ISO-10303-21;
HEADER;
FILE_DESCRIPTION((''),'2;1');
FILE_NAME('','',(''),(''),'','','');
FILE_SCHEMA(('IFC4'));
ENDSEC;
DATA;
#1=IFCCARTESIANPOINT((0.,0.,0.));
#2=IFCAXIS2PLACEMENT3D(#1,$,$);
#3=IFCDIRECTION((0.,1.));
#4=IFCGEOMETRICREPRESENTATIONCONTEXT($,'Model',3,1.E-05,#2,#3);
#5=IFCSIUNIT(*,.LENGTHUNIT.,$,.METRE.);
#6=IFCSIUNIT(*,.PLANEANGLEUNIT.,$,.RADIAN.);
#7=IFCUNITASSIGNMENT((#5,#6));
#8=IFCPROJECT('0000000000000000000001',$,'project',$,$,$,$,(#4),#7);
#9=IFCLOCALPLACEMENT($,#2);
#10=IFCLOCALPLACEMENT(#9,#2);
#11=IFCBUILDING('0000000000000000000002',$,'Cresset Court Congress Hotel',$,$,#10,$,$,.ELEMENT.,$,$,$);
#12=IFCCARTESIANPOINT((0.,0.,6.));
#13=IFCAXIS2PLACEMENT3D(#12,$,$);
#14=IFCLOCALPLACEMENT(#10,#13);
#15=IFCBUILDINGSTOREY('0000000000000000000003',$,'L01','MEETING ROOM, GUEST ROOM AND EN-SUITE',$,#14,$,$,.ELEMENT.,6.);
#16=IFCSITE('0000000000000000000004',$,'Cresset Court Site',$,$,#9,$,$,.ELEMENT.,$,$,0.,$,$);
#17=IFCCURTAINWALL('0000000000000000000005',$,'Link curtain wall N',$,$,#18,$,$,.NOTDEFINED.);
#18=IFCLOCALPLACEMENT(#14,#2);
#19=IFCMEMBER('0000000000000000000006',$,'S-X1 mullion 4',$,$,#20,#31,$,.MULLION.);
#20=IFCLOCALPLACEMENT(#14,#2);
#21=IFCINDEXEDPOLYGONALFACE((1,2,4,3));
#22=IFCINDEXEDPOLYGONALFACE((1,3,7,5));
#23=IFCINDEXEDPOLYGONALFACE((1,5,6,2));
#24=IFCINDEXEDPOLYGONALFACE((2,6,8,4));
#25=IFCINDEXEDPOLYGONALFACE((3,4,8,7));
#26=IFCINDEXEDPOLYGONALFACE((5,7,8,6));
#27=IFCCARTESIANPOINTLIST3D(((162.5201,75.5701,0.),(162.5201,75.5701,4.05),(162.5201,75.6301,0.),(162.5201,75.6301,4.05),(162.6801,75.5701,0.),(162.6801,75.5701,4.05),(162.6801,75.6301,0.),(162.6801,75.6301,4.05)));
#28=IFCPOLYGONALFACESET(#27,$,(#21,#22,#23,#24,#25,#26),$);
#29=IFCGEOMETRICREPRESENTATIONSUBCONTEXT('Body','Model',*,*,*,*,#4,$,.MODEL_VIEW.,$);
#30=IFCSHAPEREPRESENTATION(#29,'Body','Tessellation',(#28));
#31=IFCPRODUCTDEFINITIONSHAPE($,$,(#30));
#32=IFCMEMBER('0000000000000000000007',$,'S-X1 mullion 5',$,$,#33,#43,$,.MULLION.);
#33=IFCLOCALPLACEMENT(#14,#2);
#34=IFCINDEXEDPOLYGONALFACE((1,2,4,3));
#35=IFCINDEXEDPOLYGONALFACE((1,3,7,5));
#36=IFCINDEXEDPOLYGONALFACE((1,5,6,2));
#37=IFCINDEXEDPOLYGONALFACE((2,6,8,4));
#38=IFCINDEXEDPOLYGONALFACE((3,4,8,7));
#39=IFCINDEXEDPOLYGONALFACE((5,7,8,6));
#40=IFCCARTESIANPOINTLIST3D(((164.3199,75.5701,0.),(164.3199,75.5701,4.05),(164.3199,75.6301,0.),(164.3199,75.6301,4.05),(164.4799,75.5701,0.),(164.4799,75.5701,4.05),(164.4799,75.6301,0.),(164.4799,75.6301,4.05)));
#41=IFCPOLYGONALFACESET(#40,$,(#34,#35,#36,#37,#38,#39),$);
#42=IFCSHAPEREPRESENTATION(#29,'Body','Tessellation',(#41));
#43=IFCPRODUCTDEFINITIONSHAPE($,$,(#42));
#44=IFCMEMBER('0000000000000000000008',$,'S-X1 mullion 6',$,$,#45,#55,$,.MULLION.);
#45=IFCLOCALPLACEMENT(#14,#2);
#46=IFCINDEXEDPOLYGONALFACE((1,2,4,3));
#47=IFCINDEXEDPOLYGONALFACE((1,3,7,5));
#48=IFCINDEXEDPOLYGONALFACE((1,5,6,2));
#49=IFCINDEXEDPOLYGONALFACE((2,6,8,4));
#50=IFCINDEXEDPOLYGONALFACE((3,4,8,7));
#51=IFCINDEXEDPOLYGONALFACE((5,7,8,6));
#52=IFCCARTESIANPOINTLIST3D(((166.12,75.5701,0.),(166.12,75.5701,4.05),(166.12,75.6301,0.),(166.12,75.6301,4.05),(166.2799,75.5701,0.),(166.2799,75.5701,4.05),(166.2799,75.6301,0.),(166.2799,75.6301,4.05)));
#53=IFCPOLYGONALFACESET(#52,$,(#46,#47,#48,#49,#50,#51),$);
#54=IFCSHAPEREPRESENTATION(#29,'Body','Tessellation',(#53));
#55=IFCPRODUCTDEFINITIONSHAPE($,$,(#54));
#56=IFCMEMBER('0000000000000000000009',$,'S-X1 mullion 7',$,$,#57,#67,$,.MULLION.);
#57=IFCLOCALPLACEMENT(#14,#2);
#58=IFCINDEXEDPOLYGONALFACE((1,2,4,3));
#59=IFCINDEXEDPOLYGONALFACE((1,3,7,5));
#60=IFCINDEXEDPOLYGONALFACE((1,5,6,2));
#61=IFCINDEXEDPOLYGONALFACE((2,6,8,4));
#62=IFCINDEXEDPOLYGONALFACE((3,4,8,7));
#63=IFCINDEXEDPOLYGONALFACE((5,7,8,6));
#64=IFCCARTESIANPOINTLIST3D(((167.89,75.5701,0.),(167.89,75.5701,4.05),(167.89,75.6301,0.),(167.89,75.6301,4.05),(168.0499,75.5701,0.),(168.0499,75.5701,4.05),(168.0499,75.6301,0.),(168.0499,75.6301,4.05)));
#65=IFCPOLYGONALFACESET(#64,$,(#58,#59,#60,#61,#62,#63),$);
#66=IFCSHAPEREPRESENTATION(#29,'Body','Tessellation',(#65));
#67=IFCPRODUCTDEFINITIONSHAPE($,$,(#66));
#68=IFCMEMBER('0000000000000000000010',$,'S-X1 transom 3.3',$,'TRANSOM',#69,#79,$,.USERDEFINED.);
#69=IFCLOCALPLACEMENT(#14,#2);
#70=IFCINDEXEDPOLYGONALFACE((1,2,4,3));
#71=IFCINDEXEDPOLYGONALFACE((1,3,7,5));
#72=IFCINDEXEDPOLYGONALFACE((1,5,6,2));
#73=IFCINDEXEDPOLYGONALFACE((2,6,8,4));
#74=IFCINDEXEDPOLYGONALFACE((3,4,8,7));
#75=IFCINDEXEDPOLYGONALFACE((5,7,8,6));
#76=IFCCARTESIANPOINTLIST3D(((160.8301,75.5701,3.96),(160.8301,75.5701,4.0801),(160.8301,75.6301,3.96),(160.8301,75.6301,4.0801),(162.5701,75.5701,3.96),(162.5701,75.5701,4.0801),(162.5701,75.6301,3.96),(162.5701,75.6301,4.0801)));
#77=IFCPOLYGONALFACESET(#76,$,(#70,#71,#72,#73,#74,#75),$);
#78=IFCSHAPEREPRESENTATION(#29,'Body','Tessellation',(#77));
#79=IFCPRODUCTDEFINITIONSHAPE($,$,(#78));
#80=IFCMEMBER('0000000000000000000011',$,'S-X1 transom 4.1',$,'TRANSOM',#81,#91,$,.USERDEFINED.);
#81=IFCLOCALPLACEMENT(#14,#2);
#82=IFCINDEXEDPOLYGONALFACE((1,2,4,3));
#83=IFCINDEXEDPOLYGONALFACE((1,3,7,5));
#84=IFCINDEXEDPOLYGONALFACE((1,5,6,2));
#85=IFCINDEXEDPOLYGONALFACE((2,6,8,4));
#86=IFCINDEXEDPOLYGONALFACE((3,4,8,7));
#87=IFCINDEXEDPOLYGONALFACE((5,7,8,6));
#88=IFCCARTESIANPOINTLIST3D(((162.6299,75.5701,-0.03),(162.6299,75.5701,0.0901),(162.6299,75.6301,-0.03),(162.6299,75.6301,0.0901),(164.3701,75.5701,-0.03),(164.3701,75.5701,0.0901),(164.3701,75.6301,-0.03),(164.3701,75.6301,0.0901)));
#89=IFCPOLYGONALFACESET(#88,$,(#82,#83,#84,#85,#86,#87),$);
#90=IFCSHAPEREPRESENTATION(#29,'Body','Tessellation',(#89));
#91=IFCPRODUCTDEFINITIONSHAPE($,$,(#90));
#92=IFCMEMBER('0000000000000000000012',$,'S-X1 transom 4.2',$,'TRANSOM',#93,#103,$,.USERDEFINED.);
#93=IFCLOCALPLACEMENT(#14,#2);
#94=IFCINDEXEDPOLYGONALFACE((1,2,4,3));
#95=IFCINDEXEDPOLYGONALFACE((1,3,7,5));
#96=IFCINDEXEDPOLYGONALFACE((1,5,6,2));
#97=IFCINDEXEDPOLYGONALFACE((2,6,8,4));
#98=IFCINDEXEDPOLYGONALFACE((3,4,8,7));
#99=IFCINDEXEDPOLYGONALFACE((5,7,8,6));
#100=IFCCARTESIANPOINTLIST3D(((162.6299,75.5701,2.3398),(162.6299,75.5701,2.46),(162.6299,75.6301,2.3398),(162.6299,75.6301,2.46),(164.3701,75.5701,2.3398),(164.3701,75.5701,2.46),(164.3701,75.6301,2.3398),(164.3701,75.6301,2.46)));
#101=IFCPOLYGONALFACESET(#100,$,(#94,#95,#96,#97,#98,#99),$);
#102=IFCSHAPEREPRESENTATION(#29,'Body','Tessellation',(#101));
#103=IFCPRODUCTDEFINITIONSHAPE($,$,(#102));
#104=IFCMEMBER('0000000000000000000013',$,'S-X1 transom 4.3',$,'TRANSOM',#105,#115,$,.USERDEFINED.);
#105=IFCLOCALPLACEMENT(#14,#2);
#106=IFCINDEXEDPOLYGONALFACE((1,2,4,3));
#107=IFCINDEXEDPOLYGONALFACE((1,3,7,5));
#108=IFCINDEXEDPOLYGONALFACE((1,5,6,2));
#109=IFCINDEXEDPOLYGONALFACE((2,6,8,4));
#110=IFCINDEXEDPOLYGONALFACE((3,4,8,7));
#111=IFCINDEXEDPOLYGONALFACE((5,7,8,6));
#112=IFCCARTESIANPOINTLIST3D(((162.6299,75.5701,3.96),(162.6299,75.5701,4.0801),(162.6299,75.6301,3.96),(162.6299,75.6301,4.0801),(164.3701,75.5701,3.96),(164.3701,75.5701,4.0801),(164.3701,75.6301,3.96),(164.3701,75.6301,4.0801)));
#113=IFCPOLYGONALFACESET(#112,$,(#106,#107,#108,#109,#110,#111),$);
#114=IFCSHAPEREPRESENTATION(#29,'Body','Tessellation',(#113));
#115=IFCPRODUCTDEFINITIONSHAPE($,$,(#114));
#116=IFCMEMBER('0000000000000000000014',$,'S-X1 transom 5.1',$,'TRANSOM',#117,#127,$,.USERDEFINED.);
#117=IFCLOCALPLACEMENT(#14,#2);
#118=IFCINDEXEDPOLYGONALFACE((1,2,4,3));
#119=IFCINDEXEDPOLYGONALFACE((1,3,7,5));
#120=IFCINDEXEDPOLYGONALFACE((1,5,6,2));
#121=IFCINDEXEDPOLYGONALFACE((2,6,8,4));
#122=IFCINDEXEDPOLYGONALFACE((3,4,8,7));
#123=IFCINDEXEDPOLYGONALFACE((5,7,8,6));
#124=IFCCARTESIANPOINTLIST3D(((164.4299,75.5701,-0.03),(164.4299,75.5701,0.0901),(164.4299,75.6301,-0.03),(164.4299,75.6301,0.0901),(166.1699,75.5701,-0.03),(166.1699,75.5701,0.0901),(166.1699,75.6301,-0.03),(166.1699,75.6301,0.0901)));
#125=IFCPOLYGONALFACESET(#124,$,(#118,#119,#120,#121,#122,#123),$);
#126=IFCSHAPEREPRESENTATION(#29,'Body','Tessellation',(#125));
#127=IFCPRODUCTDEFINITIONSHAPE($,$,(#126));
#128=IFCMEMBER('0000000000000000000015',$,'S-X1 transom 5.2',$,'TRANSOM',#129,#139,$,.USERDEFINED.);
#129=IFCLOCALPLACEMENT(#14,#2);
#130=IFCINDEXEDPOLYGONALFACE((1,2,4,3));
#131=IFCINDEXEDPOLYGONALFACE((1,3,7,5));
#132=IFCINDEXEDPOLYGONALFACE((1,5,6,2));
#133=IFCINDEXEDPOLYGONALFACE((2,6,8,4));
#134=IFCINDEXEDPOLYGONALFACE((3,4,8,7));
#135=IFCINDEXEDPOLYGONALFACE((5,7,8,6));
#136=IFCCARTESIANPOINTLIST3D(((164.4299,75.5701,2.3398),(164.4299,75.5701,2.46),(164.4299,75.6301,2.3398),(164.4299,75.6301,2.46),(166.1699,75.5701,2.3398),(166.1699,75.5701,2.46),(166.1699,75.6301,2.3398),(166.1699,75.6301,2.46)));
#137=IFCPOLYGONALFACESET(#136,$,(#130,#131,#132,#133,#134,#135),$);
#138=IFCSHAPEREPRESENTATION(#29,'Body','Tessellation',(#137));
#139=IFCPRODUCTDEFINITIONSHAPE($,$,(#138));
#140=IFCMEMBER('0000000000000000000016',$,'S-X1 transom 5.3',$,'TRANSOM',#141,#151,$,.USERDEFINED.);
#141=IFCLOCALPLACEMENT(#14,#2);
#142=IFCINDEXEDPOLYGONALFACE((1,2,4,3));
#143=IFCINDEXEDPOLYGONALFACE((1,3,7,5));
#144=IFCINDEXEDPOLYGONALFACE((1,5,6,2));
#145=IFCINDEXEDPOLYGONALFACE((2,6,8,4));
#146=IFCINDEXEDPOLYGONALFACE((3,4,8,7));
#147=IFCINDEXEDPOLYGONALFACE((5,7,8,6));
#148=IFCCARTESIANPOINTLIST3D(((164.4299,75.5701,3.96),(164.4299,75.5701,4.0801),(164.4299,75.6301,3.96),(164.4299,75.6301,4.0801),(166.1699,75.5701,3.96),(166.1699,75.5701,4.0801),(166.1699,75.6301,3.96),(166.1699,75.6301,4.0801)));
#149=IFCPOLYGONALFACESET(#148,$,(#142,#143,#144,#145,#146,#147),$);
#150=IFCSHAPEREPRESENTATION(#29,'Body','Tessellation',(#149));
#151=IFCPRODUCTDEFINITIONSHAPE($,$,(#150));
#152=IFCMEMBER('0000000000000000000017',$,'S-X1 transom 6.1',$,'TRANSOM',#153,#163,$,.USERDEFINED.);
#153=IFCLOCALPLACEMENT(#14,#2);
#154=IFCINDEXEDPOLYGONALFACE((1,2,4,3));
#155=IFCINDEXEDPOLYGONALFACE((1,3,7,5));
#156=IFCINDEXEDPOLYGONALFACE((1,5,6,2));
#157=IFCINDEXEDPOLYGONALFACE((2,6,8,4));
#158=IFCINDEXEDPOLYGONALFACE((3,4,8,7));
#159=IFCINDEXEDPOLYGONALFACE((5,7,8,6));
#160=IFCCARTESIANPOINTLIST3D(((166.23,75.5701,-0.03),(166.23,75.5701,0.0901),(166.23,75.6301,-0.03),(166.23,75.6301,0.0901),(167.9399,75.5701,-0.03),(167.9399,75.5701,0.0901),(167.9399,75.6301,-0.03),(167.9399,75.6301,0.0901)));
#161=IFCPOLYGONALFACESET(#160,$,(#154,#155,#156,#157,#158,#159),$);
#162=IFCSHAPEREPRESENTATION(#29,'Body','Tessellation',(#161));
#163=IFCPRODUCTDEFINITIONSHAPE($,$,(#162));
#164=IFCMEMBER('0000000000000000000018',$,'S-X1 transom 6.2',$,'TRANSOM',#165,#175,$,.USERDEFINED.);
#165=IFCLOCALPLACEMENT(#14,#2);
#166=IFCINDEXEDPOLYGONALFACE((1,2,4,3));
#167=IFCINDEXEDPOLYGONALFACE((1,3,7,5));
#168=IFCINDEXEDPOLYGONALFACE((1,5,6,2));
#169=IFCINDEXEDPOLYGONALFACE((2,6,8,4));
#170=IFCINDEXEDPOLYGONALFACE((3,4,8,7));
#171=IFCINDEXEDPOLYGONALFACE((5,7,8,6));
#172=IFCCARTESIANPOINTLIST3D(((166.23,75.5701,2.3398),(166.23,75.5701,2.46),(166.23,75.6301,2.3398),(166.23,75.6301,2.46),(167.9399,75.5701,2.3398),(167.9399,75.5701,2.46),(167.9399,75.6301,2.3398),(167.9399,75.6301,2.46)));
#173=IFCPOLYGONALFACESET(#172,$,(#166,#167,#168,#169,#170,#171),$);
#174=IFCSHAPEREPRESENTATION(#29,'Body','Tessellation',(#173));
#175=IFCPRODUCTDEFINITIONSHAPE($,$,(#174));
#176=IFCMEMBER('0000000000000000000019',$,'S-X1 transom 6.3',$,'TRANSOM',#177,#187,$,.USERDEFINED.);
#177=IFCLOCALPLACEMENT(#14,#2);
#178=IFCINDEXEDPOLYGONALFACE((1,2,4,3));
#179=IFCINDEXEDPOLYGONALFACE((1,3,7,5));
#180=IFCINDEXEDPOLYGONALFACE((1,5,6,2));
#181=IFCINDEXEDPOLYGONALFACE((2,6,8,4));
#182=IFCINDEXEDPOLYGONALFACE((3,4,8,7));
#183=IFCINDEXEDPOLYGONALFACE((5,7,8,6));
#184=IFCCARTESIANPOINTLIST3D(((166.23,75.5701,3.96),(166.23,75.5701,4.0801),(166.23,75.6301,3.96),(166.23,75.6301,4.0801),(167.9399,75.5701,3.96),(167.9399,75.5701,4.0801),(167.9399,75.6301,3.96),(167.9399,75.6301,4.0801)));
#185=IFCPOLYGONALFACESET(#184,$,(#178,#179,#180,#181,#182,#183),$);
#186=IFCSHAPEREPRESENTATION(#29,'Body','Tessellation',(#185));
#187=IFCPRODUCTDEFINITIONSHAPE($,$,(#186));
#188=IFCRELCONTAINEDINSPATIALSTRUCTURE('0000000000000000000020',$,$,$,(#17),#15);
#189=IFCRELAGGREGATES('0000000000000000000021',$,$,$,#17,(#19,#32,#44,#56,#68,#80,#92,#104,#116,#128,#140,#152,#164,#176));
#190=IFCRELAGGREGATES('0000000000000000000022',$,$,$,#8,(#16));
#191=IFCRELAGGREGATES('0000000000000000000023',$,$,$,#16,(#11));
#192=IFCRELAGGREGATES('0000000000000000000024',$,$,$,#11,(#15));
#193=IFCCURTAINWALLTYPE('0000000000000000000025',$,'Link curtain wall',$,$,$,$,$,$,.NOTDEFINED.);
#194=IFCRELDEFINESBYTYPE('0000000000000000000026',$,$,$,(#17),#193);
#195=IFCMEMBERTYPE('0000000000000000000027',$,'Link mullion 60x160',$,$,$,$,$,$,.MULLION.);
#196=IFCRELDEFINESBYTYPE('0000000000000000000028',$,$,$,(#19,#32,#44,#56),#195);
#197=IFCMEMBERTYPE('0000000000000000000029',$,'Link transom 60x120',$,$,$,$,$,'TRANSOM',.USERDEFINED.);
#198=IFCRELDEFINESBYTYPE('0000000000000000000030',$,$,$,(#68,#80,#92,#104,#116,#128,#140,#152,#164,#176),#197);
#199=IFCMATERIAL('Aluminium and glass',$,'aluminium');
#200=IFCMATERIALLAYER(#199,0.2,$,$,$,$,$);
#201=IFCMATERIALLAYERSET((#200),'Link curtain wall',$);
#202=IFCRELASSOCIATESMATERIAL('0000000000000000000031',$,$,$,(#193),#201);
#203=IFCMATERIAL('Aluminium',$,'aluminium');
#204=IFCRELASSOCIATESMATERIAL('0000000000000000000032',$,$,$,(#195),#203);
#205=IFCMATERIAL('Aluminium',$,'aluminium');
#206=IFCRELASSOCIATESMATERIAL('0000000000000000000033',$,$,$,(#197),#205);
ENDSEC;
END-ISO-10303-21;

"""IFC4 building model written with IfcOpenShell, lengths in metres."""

from ifc_helpers import new_model, si_unit, direction, frame, origin, origin_2d, place, context, subcontext, project, spatial, rectangle, extrude, material, layer, layer_set, material_profile, profile_set, type_object, element, aggregate, save


model = new_model("IFC4")

# Units and contexts
model_context = context("Model", 3, precision=1e-05, world=origin(), true_north=direction((0.0, 1.0)))
body_context = subcontext(model_context, "Body", "Model", "MODEL_VIEW")
ifc_project = project(units=[si_unit("LENGTHUNIT", "METRE"), si_unit("PLANEANGLEUNIT", "RADIAN")], contexts=[model_context])

# Site, building, storey
site_placement = place(None, origin())
site = spatial("IfcSite", under=ifc_project, at=site_placement, Name="Cresset Court Site", CompositionType="ELEMENT", RefElevation=0.0)
building_placement = place(site_placement, origin())
building = spatial("IfcBuilding", under=site, at=building_placement, Name="Cresset Court Congress Hotel", CompositionType="ELEMENT")
storey_placement = place(building_placement, frame((0.0, 0.0, 6.0)))
storey = spatial("IfcBuildingStorey", under=building, at=storey_placement, Name="L01", Description="MEETING ROOM, GUEST ROOM AND EN-SUITE", CompositionType="ELEMENT", Elevation=6.0)

# Curtain wall, members
ifc_material_1 = material(Name="Aluminium and glass", Category="aluminium")
ifc_layer_1 = layer(ifc_material_1, 0.2)
ifc_layer_set_1 = layer_set([ifc_layer_1], Name="Link curtain wall")
curtain_wall_type = type_object("IfcCurtainWallType", Name="Link curtain wall", PredefinedType="NOTDEFINED", material=ifc_layer_set_1)
curtain_wall_placement = place(storey_placement, origin())
curtain_wall = element("IfcCurtainWall", 1, at=curtain_wall_placement, inside=storey, type_object=curtain_wall_type, Name="Link curtain wall N", PredefinedType="NOTDEFINED")
ifc_material_2 = material(Name="Aluminium", Category="aluminium")
ifc_material_profile_1 = material_profile(ifc_material_2, rectangle(XDim=0.0601, YDim=0.1599, at=origin_2d()), Name="Mullion 60x160")
ifc_profile_set_1 = profile_set([ifc_material_profile_1], Name="Aluminium")
member_type_1 = type_object("IfcMemberType", Name="Link mullion 60x160", PredefinedType="MULLION", material=ifc_profile_set_1)
member_1_placement = place(storey_placement, frame((162.6001, 75.6001, 0.0), z_axis=(0.0, 0.0, 1.0), x_axis=(0.0, 1.0, 0.0)))
member_1 = element("IfcMember", 2, at=member_1_placement, type_object=member_type_1, Name="S-X1 mullion 4", PredefinedType="MULLION", context=body_context, shape_type="SweptSolid", body=[
    extrude(rectangle(XDim=0.0601, YDim=0.1599, at=origin_2d()), origin(), (0.0, 0.0, 1.0), 4.05),
])
member_2_placement = place(storey_placement, frame((164.3999, 75.6001, 0.0), z_axis=(0.0, 0.0, 1.0), x_axis=(0.0, 1.0, 0.0)))
member_2 = element("IfcMember", 3, at=member_2_placement, type_object=member_type_1, Name="S-X1 mullion 5", PredefinedType="MULLION", context=body_context, shape_type="SweptSolid", body=[
    extrude(rectangle(XDim=0.0601, YDim=0.1599, at=origin_2d()), origin(), (0.0, 0.0, 1.0), 4.05),
])
member_3_placement = place(storey_placement, frame((166.2, 75.6001, 0.0), z_axis=(0.0, 0.0, 1.0), x_axis=(0.0, 1.0, 0.0)))
member_3 = element("IfcMember", 4, at=member_3_placement, type_object=member_type_1, Name="S-X1 mullion 6", PredefinedType="MULLION", context=body_context, shape_type="SweptSolid", body=[
    extrude(rectangle(XDim=0.0601, YDim=0.1599, at=origin_2d()), origin(), (0.0, 0.0, 1.0), 4.05),
])
member_4_placement = place(storey_placement, frame((167.97, 75.6001, 0.0), z_axis=(0.0, 0.0, 1.0), x_axis=(0.0, 1.0, 0.0)))
member_4 = element("IfcMember", 5, at=member_4_placement, type_object=member_type_1, Name="S-X1 mullion 7", PredefinedType="MULLION", context=body_context, shape_type="SweptSolid", body=[
    extrude(rectangle(XDim=0.0601, YDim=0.1599, at=origin_2d()), origin(), (0.0, 0.0, 1.0), 4.05),
])
ifc_material_3 = material(Name="Aluminium", Category="aluminium")
ifc_material_profile_2 = material_profile(ifc_material_3, rectangle(XDim=0.0601, YDim=0.1201, at=origin_2d()), Name="Transom 60x120")
ifc_profile_set_2 = profile_set([ifc_material_profile_2], Name="Aluminium")
member_type_2 = type_object("IfcMemberType", Name="Link transom 60x120", ElementType="TRANSOM", PredefinedType="USERDEFINED", material=ifc_profile_set_2)
member_5_placement = place(storey_placement, frame((160.8301, 75.6001, 4.02), z_axis=(1.0, 0.0, 0.0), x_axis=(0.0, 1.0, 0.0)))
member_5 = element("IfcMember", 6, at=member_5_placement, type_object=member_type_2, Name="S-X1 transom 3.3", ObjectType="TRANSOM", PredefinedType="USERDEFINED", context=body_context, shape_type="SweptSolid", body=[
    extrude(rectangle(XDim=0.0601, YDim=0.1201, at=origin_2d()), origin(), (0.0, 0.0, 1.0), 1.74),
])
member_6_placement = place(storey_placement, frame((162.6299, 75.6001, 0.03), z_axis=(1.0, 0.0, 0.0), x_axis=(0.0, 1.0, 0.0)))
member_6 = element("IfcMember", 7, at=member_6_placement, type_object=member_type_2, Name="S-X1 transom 4.1", ObjectType="TRANSOM", PredefinedType="USERDEFINED", context=body_context, shape_type="SweptSolid", body=[
    extrude(rectangle(XDim=0.0601, YDim=0.1201, at=origin_2d()), origin(), (0.0, 0.0, 1.0), 1.7402),
])
member_7_placement = place(storey_placement, frame((162.6299, 75.6001, 2.3999), z_axis=(1.0, 0.0, 0.0), x_axis=(0.0, 1.0, 0.0)))
member_7 = element("IfcMember", 8, at=member_7_placement, type_object=member_type_2, Name="S-X1 transom 4.2", ObjectType="TRANSOM", PredefinedType="USERDEFINED", context=body_context, shape_type="SweptSolid", body=[
    extrude(rectangle(XDim=0.0601, YDim=0.1201, at=origin_2d()), origin(), (0.0, 0.0, 1.0), 1.7402),
])
member_8_placement = place(storey_placement, frame((162.6299, 75.6001, 4.02), z_axis=(1.0, 0.0, 0.0), x_axis=(0.0, 1.0, 0.0)))
member_8 = element("IfcMember", 9, at=member_8_placement, type_object=member_type_2, Name="S-X1 transom 4.3", ObjectType="TRANSOM", PredefinedType="USERDEFINED", context=body_context, shape_type="SweptSolid", body=[
    extrude(rectangle(XDim=0.0601, YDim=0.1201, at=origin_2d()), origin(), (0.0, 0.0, 1.0), 1.7402),
])
member_9_placement = place(storey_placement, frame((164.4299, 75.6001, 0.03), z_axis=(1.0, 0.0, 0.0), x_axis=(0.0, 1.0, 0.0)))
member_9 = element("IfcMember", 10, at=member_9_placement, type_object=member_type_2, Name="S-X1 transom 5.1", ObjectType="TRANSOM", PredefinedType="USERDEFINED", context=body_context, shape_type="SweptSolid", body=[
    extrude(rectangle(XDim=0.0601, YDim=0.1201, at=origin_2d()), origin(), (0.0, 0.0, 1.0), 1.74),
])
member_10_placement = place(storey_placement, frame((164.4299, 75.6001, 2.3999), z_axis=(1.0, 0.0, 0.0), x_axis=(0.0, 1.0, 0.0)))
member_10 = element("IfcMember", 11, at=member_10_placement, type_object=member_type_2, Name="S-X1 transom 5.2", ObjectType="TRANSOM", PredefinedType="USERDEFINED", context=body_context, shape_type="SweptSolid", body=[
    extrude(rectangle(XDim=0.0601, YDim=0.1201, at=origin_2d()), origin(), (0.0, 0.0, 1.0), 1.74),
])
member_11_placement = place(storey_placement, frame((164.4299, 75.6001, 4.02), z_axis=(1.0, 0.0, 0.0), x_axis=(0.0, 1.0, 0.0)))
member_11 = element("IfcMember", 12, at=member_11_placement, type_object=member_type_2, Name="S-X1 transom 5.3", ObjectType="TRANSOM", PredefinedType="USERDEFINED", context=body_context, shape_type="SweptSolid", body=[
    extrude(rectangle(XDim=0.0601, YDim=0.1201, at=origin_2d()), origin(), (0.0, 0.0, 1.0), 1.74),
])
member_12_placement = place(storey_placement, frame((166.23, 75.6001, 0.03), z_axis=(1.0, 0.0, 0.0), x_axis=(0.0, 1.0, 0.0)))
member_12 = element("IfcMember", 13, at=member_12_placement, type_object=member_type_2, Name="S-X1 transom 6.1", ObjectType="TRANSOM", PredefinedType="USERDEFINED", context=body_context, shape_type="SweptSolid", body=[
    extrude(rectangle(XDim=0.0601, YDim=0.1201, at=origin_2d()), origin(), (0.0, 0.0, 1.0), 1.71),
])
member_13_placement = place(storey_placement, frame((166.23, 75.6001, 2.3999), z_axis=(1.0, 0.0, 0.0), x_axis=(0.0, 1.0, 0.0)))
member_13 = element("IfcMember", 14, at=member_13_placement, type_object=member_type_2, Name="S-X1 transom 6.2", ObjectType="TRANSOM", PredefinedType="USERDEFINED", context=body_context, shape_type="SweptSolid", body=[
    extrude(rectangle(XDim=0.0601, YDim=0.1201, at=origin_2d()), origin(), (0.0, 0.0, 1.0), 1.71),
])
member_14_placement = place(storey_placement, frame((166.23, 75.6001, 4.02), z_axis=(1.0, 0.0, 0.0), x_axis=(0.0, 1.0, 0.0)))
member_14 = element("IfcMember", 15, at=member_14_placement, type_object=member_type_2, Name="S-X1 transom 6.3", ObjectType="TRANSOM", PredefinedType="USERDEFINED", context=body_context, shape_type="SweptSolid", body=[
    extrude(rectangle(XDim=0.0601, YDim=0.1201, at=origin_2d()), origin(), (0.0, 0.0, 1.0), 1.71),
])
aggregate(curtain_wall, [member_1, member_2, member_3, member_4, member_5, member_6, member_7, member_8, member_9, member_10, member_11, member_12, member_13, member_14])

save(model, "model.ifc")
